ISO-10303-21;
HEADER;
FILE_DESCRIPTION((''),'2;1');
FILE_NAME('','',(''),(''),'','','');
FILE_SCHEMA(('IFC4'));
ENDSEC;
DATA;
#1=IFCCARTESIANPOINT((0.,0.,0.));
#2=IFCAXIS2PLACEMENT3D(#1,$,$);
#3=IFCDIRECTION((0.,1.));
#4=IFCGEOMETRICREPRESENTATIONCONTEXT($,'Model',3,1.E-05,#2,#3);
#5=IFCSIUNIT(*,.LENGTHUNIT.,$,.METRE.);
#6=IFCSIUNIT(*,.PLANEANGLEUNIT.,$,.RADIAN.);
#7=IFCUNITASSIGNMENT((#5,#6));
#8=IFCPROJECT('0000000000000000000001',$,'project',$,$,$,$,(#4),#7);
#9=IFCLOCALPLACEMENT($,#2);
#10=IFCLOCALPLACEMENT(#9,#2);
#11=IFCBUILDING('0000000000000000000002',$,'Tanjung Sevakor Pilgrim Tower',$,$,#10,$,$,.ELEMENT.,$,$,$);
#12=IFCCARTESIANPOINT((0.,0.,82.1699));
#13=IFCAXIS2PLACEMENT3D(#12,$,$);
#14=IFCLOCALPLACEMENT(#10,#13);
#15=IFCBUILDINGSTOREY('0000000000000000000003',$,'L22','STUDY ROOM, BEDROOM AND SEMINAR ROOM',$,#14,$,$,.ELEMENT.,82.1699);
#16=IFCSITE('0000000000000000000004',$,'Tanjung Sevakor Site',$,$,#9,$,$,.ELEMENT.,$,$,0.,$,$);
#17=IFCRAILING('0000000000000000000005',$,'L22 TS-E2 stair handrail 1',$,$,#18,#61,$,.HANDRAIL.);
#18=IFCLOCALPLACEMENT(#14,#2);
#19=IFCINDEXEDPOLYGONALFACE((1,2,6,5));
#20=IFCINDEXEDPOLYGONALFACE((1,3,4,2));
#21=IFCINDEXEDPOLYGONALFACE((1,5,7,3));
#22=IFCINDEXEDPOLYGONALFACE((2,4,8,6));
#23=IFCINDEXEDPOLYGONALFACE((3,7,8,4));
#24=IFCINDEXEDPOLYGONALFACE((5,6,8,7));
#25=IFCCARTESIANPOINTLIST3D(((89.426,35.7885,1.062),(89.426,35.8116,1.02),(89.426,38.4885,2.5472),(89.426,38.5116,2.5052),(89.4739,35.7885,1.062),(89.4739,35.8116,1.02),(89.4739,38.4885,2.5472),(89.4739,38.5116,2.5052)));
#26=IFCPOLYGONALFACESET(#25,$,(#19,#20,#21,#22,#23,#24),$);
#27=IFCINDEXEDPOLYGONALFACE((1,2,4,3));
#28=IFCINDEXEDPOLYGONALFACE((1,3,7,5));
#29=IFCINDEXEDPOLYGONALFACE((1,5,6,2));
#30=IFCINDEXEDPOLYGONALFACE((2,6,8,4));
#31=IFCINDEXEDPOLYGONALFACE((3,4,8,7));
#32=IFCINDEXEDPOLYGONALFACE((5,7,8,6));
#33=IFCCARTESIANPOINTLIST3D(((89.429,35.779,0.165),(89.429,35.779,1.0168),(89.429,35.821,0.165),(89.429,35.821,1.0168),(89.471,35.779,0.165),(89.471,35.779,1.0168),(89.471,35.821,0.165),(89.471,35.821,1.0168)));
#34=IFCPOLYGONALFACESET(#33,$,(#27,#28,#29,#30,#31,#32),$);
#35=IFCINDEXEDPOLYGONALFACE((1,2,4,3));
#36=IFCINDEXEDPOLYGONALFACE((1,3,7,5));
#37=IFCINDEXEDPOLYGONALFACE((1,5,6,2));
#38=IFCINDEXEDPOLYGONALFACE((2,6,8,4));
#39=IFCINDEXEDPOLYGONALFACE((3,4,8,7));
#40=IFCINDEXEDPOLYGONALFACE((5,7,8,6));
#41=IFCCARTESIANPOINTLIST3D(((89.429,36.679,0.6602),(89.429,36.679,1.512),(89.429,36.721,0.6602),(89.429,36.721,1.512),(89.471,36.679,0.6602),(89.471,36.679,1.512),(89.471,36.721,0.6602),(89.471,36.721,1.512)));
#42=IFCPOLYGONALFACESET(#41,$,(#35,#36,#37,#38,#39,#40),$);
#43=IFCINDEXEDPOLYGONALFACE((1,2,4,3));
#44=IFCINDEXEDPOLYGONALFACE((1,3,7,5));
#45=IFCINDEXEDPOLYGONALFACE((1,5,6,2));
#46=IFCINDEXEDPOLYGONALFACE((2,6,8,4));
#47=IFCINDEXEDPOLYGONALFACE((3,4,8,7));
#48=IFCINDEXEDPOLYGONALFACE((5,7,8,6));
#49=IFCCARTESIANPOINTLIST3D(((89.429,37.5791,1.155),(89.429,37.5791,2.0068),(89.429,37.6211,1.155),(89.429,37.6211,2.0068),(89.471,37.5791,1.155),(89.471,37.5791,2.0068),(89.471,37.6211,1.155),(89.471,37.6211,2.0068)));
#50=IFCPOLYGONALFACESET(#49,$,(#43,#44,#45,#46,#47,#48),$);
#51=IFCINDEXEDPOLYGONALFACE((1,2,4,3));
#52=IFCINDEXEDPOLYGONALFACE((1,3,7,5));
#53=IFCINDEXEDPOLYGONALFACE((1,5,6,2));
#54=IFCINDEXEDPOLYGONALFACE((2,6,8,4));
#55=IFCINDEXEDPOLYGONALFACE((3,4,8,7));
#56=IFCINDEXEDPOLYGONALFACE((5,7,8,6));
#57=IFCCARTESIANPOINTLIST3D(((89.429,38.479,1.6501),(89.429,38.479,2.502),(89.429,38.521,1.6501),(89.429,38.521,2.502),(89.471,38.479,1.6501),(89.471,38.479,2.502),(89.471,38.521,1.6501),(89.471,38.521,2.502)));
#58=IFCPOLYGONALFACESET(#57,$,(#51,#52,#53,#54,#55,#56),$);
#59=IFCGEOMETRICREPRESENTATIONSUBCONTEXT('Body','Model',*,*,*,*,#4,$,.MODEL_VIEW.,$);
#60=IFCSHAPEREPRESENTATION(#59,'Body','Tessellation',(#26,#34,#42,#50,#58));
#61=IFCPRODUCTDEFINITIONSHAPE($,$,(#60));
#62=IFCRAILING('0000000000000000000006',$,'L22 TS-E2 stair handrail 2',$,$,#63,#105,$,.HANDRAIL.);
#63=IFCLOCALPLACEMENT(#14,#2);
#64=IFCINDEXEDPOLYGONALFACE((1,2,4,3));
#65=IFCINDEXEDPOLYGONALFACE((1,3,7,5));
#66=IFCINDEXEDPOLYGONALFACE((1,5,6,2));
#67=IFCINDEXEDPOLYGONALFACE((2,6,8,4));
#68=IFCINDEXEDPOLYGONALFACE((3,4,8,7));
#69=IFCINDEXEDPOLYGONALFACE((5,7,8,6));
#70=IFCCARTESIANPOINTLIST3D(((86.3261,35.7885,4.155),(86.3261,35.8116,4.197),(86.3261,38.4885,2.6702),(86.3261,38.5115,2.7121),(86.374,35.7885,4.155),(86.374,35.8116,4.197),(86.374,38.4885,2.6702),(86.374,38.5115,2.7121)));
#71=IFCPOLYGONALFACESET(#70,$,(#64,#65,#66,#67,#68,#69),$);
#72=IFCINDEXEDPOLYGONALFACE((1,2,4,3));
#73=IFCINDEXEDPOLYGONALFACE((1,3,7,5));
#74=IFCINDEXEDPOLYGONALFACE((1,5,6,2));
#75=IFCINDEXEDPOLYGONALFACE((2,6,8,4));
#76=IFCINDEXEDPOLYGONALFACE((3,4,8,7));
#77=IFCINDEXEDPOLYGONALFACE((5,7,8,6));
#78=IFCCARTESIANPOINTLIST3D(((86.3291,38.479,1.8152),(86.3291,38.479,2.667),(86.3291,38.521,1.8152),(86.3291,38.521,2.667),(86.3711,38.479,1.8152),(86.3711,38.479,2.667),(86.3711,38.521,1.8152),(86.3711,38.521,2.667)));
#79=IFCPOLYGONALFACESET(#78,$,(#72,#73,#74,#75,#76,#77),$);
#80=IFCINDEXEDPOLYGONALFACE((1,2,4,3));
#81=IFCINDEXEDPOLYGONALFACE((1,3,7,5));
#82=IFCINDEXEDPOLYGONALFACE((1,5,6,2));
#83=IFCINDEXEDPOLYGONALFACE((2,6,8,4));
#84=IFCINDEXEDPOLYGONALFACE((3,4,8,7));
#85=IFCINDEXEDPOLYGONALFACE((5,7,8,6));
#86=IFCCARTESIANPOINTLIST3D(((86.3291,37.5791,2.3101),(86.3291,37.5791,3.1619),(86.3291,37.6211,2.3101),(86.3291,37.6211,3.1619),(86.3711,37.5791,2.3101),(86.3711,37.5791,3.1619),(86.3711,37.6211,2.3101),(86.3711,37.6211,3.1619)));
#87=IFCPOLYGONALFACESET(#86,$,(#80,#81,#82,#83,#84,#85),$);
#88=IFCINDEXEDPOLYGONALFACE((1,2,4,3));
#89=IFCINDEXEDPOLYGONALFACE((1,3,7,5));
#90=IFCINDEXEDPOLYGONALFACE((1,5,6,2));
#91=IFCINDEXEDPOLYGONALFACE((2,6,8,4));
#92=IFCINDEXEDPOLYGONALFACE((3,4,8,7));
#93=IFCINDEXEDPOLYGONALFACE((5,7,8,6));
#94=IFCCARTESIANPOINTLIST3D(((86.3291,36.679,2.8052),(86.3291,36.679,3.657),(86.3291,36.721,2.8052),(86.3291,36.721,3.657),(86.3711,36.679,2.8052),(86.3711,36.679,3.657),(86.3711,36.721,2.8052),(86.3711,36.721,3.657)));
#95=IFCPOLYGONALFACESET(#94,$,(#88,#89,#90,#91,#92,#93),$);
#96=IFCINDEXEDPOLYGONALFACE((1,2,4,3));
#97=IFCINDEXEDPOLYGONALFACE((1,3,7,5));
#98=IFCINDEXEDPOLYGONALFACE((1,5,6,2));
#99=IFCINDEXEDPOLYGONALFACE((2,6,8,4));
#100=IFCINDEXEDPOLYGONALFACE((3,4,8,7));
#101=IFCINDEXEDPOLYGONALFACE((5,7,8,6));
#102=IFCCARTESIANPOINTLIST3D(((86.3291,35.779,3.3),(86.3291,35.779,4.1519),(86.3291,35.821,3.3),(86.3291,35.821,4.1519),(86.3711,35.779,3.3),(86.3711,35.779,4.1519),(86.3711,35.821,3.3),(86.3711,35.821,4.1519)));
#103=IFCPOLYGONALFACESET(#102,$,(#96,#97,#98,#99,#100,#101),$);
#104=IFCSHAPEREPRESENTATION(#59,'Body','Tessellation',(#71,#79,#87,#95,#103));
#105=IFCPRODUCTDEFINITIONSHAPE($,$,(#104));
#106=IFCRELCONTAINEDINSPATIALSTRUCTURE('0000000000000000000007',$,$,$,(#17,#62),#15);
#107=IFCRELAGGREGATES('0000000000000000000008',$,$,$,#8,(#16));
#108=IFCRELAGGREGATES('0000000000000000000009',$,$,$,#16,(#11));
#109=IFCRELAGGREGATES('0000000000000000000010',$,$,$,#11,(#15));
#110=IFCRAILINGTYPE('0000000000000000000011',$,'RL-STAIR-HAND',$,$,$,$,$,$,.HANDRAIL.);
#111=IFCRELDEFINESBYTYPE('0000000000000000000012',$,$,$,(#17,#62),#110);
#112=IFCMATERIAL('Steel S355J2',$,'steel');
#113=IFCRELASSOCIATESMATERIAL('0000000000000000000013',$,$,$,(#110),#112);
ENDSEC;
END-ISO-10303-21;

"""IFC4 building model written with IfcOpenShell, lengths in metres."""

from ifc_helpers import new_model, si_unit, direction, frame, origin, place, context, subcontext, project, spatial, rectangle, extrude, material, type_object, element, save


model = new_model("IFC4")

# Units and contexts
model_context = context("Model", 3, precision=1e-05, world=origin(), true_north=direction((0.0, 1.0)))
body_context = subcontext(model_context, "Body", "Model", "MODEL_VIEW")
ifc_project = project(units=[si_unit("LENGTHUNIT", "METRE"), si_unit("PLANEANGLEUNIT", "RADIAN")], contexts=[model_context])

# Site, building, storey
site_placement = place(None, origin())
site = spatial("IfcSite", under=ifc_project, at=site_placement, Name="Tanjung Sevakor Site", CompositionType="ELEMENT", RefElevation=0.0)
building_placement = place(site_placement, origin())
building = spatial("IfcBuilding", under=site, at=building_placement, Name="Tanjung Sevakor Pilgrim Tower", CompositionType="ELEMENT")
storey_placement = place(building_placement, frame((0.0, 0.0, 82.1699)))
storey = spatial("IfcBuildingStorey", under=building, at=storey_placement, Name="L22", Description="STUDY ROOM, BEDROOM AND SEMINAR ROOM", CompositionType="ELEMENT", Elevation=82.1699)

# Railings
ifc_material_1 = material(Name="Steel S355J2", Category="steel")
railing_type_1 = type_object("IfcRailingType", Name="RL-STAIR-HAND", PredefinedType="HANDRAIL", material=ifc_material_1)
railing_1_placement = place(storey_placement, frame((89.45, 35.8, 0.165)))
element("IfcRailing", 1, at=railing_1_placement, inside=storey, type_object=railing_type_1, Name="L22 TS-E2 stair handrail 1", PredefinedType="HANDRAIL", context=body_context, shape_type="SweptSolid", body=[
    extrude(rectangle(XDim=0.0479, YDim=0.0479), frame((0.0, 0.0, 0.876), z_axis=(0.0, 0.876198, 0.481952), x_axis=(-1.0, 0.0, 0.0)), (0.0, 0.0, 1.0), 3.0815),
    extrude(rectangle(XDim=0.042, YDim=0.042), origin(), (0.0, 0.0, 1.0), 0.8518),
    extrude(rectangle(XDim=0.042, YDim=0.042), frame((0.0, 0.8999, 0.4951)), (0.0, 0.0, 1.0), 0.8518),
    extrude(rectangle(XDim=0.042, YDim=0.042), frame((0.0, 1.8, 0.99)), (0.0, 0.0, 1.0), 0.8518),
    extrude(rectangle(XDim=0.042, YDim=0.042), frame((0.0, 2.7, 1.4851)), (0.0, 0.0, 1.0), 0.8518),
])
railing_2_placement = place(storey_placement, frame((86.3501, 38.5, 1.8152)))
element("IfcRailing", 2, at=railing_2_placement, inside=storey, type_object=railing_type_1, Name="L22 TS-E2 stair handrail 2", PredefinedType="HANDRAIL", context=body_context, shape_type="SweptSolid", body=[
    extrude(rectangle(XDim=0.0479, YDim=0.0479), frame((0.0, 0.0, 0.876), z_axis=(0.0, -0.876231, 0.481891), x_axis=(1.0, 0.0, 0.0)), (0.0, 0.0, 1.0), 3.0813),
    extrude(rectangle(XDim=0.042, YDim=0.042), origin(), (0.0, 0.0, 1.0), 0.8518),
    extrude(rectangle(XDim=0.042, YDim=0.042), frame((0.0, -0.8999, 0.4949)), (0.0, 0.0, 1.0), 0.8518),
    extrude(rectangle(XDim=0.042, YDim=0.042), frame((0.0, -1.8, 0.99)), (0.0, 0.0, 1.0), 0.8518),
    extrude(rectangle(XDim=0.042, YDim=0.042), frame((0.0, -2.7, 1.4849)), (0.0, 0.0, 1.0), 0.8518),
])

save(model, "model.ifc")
